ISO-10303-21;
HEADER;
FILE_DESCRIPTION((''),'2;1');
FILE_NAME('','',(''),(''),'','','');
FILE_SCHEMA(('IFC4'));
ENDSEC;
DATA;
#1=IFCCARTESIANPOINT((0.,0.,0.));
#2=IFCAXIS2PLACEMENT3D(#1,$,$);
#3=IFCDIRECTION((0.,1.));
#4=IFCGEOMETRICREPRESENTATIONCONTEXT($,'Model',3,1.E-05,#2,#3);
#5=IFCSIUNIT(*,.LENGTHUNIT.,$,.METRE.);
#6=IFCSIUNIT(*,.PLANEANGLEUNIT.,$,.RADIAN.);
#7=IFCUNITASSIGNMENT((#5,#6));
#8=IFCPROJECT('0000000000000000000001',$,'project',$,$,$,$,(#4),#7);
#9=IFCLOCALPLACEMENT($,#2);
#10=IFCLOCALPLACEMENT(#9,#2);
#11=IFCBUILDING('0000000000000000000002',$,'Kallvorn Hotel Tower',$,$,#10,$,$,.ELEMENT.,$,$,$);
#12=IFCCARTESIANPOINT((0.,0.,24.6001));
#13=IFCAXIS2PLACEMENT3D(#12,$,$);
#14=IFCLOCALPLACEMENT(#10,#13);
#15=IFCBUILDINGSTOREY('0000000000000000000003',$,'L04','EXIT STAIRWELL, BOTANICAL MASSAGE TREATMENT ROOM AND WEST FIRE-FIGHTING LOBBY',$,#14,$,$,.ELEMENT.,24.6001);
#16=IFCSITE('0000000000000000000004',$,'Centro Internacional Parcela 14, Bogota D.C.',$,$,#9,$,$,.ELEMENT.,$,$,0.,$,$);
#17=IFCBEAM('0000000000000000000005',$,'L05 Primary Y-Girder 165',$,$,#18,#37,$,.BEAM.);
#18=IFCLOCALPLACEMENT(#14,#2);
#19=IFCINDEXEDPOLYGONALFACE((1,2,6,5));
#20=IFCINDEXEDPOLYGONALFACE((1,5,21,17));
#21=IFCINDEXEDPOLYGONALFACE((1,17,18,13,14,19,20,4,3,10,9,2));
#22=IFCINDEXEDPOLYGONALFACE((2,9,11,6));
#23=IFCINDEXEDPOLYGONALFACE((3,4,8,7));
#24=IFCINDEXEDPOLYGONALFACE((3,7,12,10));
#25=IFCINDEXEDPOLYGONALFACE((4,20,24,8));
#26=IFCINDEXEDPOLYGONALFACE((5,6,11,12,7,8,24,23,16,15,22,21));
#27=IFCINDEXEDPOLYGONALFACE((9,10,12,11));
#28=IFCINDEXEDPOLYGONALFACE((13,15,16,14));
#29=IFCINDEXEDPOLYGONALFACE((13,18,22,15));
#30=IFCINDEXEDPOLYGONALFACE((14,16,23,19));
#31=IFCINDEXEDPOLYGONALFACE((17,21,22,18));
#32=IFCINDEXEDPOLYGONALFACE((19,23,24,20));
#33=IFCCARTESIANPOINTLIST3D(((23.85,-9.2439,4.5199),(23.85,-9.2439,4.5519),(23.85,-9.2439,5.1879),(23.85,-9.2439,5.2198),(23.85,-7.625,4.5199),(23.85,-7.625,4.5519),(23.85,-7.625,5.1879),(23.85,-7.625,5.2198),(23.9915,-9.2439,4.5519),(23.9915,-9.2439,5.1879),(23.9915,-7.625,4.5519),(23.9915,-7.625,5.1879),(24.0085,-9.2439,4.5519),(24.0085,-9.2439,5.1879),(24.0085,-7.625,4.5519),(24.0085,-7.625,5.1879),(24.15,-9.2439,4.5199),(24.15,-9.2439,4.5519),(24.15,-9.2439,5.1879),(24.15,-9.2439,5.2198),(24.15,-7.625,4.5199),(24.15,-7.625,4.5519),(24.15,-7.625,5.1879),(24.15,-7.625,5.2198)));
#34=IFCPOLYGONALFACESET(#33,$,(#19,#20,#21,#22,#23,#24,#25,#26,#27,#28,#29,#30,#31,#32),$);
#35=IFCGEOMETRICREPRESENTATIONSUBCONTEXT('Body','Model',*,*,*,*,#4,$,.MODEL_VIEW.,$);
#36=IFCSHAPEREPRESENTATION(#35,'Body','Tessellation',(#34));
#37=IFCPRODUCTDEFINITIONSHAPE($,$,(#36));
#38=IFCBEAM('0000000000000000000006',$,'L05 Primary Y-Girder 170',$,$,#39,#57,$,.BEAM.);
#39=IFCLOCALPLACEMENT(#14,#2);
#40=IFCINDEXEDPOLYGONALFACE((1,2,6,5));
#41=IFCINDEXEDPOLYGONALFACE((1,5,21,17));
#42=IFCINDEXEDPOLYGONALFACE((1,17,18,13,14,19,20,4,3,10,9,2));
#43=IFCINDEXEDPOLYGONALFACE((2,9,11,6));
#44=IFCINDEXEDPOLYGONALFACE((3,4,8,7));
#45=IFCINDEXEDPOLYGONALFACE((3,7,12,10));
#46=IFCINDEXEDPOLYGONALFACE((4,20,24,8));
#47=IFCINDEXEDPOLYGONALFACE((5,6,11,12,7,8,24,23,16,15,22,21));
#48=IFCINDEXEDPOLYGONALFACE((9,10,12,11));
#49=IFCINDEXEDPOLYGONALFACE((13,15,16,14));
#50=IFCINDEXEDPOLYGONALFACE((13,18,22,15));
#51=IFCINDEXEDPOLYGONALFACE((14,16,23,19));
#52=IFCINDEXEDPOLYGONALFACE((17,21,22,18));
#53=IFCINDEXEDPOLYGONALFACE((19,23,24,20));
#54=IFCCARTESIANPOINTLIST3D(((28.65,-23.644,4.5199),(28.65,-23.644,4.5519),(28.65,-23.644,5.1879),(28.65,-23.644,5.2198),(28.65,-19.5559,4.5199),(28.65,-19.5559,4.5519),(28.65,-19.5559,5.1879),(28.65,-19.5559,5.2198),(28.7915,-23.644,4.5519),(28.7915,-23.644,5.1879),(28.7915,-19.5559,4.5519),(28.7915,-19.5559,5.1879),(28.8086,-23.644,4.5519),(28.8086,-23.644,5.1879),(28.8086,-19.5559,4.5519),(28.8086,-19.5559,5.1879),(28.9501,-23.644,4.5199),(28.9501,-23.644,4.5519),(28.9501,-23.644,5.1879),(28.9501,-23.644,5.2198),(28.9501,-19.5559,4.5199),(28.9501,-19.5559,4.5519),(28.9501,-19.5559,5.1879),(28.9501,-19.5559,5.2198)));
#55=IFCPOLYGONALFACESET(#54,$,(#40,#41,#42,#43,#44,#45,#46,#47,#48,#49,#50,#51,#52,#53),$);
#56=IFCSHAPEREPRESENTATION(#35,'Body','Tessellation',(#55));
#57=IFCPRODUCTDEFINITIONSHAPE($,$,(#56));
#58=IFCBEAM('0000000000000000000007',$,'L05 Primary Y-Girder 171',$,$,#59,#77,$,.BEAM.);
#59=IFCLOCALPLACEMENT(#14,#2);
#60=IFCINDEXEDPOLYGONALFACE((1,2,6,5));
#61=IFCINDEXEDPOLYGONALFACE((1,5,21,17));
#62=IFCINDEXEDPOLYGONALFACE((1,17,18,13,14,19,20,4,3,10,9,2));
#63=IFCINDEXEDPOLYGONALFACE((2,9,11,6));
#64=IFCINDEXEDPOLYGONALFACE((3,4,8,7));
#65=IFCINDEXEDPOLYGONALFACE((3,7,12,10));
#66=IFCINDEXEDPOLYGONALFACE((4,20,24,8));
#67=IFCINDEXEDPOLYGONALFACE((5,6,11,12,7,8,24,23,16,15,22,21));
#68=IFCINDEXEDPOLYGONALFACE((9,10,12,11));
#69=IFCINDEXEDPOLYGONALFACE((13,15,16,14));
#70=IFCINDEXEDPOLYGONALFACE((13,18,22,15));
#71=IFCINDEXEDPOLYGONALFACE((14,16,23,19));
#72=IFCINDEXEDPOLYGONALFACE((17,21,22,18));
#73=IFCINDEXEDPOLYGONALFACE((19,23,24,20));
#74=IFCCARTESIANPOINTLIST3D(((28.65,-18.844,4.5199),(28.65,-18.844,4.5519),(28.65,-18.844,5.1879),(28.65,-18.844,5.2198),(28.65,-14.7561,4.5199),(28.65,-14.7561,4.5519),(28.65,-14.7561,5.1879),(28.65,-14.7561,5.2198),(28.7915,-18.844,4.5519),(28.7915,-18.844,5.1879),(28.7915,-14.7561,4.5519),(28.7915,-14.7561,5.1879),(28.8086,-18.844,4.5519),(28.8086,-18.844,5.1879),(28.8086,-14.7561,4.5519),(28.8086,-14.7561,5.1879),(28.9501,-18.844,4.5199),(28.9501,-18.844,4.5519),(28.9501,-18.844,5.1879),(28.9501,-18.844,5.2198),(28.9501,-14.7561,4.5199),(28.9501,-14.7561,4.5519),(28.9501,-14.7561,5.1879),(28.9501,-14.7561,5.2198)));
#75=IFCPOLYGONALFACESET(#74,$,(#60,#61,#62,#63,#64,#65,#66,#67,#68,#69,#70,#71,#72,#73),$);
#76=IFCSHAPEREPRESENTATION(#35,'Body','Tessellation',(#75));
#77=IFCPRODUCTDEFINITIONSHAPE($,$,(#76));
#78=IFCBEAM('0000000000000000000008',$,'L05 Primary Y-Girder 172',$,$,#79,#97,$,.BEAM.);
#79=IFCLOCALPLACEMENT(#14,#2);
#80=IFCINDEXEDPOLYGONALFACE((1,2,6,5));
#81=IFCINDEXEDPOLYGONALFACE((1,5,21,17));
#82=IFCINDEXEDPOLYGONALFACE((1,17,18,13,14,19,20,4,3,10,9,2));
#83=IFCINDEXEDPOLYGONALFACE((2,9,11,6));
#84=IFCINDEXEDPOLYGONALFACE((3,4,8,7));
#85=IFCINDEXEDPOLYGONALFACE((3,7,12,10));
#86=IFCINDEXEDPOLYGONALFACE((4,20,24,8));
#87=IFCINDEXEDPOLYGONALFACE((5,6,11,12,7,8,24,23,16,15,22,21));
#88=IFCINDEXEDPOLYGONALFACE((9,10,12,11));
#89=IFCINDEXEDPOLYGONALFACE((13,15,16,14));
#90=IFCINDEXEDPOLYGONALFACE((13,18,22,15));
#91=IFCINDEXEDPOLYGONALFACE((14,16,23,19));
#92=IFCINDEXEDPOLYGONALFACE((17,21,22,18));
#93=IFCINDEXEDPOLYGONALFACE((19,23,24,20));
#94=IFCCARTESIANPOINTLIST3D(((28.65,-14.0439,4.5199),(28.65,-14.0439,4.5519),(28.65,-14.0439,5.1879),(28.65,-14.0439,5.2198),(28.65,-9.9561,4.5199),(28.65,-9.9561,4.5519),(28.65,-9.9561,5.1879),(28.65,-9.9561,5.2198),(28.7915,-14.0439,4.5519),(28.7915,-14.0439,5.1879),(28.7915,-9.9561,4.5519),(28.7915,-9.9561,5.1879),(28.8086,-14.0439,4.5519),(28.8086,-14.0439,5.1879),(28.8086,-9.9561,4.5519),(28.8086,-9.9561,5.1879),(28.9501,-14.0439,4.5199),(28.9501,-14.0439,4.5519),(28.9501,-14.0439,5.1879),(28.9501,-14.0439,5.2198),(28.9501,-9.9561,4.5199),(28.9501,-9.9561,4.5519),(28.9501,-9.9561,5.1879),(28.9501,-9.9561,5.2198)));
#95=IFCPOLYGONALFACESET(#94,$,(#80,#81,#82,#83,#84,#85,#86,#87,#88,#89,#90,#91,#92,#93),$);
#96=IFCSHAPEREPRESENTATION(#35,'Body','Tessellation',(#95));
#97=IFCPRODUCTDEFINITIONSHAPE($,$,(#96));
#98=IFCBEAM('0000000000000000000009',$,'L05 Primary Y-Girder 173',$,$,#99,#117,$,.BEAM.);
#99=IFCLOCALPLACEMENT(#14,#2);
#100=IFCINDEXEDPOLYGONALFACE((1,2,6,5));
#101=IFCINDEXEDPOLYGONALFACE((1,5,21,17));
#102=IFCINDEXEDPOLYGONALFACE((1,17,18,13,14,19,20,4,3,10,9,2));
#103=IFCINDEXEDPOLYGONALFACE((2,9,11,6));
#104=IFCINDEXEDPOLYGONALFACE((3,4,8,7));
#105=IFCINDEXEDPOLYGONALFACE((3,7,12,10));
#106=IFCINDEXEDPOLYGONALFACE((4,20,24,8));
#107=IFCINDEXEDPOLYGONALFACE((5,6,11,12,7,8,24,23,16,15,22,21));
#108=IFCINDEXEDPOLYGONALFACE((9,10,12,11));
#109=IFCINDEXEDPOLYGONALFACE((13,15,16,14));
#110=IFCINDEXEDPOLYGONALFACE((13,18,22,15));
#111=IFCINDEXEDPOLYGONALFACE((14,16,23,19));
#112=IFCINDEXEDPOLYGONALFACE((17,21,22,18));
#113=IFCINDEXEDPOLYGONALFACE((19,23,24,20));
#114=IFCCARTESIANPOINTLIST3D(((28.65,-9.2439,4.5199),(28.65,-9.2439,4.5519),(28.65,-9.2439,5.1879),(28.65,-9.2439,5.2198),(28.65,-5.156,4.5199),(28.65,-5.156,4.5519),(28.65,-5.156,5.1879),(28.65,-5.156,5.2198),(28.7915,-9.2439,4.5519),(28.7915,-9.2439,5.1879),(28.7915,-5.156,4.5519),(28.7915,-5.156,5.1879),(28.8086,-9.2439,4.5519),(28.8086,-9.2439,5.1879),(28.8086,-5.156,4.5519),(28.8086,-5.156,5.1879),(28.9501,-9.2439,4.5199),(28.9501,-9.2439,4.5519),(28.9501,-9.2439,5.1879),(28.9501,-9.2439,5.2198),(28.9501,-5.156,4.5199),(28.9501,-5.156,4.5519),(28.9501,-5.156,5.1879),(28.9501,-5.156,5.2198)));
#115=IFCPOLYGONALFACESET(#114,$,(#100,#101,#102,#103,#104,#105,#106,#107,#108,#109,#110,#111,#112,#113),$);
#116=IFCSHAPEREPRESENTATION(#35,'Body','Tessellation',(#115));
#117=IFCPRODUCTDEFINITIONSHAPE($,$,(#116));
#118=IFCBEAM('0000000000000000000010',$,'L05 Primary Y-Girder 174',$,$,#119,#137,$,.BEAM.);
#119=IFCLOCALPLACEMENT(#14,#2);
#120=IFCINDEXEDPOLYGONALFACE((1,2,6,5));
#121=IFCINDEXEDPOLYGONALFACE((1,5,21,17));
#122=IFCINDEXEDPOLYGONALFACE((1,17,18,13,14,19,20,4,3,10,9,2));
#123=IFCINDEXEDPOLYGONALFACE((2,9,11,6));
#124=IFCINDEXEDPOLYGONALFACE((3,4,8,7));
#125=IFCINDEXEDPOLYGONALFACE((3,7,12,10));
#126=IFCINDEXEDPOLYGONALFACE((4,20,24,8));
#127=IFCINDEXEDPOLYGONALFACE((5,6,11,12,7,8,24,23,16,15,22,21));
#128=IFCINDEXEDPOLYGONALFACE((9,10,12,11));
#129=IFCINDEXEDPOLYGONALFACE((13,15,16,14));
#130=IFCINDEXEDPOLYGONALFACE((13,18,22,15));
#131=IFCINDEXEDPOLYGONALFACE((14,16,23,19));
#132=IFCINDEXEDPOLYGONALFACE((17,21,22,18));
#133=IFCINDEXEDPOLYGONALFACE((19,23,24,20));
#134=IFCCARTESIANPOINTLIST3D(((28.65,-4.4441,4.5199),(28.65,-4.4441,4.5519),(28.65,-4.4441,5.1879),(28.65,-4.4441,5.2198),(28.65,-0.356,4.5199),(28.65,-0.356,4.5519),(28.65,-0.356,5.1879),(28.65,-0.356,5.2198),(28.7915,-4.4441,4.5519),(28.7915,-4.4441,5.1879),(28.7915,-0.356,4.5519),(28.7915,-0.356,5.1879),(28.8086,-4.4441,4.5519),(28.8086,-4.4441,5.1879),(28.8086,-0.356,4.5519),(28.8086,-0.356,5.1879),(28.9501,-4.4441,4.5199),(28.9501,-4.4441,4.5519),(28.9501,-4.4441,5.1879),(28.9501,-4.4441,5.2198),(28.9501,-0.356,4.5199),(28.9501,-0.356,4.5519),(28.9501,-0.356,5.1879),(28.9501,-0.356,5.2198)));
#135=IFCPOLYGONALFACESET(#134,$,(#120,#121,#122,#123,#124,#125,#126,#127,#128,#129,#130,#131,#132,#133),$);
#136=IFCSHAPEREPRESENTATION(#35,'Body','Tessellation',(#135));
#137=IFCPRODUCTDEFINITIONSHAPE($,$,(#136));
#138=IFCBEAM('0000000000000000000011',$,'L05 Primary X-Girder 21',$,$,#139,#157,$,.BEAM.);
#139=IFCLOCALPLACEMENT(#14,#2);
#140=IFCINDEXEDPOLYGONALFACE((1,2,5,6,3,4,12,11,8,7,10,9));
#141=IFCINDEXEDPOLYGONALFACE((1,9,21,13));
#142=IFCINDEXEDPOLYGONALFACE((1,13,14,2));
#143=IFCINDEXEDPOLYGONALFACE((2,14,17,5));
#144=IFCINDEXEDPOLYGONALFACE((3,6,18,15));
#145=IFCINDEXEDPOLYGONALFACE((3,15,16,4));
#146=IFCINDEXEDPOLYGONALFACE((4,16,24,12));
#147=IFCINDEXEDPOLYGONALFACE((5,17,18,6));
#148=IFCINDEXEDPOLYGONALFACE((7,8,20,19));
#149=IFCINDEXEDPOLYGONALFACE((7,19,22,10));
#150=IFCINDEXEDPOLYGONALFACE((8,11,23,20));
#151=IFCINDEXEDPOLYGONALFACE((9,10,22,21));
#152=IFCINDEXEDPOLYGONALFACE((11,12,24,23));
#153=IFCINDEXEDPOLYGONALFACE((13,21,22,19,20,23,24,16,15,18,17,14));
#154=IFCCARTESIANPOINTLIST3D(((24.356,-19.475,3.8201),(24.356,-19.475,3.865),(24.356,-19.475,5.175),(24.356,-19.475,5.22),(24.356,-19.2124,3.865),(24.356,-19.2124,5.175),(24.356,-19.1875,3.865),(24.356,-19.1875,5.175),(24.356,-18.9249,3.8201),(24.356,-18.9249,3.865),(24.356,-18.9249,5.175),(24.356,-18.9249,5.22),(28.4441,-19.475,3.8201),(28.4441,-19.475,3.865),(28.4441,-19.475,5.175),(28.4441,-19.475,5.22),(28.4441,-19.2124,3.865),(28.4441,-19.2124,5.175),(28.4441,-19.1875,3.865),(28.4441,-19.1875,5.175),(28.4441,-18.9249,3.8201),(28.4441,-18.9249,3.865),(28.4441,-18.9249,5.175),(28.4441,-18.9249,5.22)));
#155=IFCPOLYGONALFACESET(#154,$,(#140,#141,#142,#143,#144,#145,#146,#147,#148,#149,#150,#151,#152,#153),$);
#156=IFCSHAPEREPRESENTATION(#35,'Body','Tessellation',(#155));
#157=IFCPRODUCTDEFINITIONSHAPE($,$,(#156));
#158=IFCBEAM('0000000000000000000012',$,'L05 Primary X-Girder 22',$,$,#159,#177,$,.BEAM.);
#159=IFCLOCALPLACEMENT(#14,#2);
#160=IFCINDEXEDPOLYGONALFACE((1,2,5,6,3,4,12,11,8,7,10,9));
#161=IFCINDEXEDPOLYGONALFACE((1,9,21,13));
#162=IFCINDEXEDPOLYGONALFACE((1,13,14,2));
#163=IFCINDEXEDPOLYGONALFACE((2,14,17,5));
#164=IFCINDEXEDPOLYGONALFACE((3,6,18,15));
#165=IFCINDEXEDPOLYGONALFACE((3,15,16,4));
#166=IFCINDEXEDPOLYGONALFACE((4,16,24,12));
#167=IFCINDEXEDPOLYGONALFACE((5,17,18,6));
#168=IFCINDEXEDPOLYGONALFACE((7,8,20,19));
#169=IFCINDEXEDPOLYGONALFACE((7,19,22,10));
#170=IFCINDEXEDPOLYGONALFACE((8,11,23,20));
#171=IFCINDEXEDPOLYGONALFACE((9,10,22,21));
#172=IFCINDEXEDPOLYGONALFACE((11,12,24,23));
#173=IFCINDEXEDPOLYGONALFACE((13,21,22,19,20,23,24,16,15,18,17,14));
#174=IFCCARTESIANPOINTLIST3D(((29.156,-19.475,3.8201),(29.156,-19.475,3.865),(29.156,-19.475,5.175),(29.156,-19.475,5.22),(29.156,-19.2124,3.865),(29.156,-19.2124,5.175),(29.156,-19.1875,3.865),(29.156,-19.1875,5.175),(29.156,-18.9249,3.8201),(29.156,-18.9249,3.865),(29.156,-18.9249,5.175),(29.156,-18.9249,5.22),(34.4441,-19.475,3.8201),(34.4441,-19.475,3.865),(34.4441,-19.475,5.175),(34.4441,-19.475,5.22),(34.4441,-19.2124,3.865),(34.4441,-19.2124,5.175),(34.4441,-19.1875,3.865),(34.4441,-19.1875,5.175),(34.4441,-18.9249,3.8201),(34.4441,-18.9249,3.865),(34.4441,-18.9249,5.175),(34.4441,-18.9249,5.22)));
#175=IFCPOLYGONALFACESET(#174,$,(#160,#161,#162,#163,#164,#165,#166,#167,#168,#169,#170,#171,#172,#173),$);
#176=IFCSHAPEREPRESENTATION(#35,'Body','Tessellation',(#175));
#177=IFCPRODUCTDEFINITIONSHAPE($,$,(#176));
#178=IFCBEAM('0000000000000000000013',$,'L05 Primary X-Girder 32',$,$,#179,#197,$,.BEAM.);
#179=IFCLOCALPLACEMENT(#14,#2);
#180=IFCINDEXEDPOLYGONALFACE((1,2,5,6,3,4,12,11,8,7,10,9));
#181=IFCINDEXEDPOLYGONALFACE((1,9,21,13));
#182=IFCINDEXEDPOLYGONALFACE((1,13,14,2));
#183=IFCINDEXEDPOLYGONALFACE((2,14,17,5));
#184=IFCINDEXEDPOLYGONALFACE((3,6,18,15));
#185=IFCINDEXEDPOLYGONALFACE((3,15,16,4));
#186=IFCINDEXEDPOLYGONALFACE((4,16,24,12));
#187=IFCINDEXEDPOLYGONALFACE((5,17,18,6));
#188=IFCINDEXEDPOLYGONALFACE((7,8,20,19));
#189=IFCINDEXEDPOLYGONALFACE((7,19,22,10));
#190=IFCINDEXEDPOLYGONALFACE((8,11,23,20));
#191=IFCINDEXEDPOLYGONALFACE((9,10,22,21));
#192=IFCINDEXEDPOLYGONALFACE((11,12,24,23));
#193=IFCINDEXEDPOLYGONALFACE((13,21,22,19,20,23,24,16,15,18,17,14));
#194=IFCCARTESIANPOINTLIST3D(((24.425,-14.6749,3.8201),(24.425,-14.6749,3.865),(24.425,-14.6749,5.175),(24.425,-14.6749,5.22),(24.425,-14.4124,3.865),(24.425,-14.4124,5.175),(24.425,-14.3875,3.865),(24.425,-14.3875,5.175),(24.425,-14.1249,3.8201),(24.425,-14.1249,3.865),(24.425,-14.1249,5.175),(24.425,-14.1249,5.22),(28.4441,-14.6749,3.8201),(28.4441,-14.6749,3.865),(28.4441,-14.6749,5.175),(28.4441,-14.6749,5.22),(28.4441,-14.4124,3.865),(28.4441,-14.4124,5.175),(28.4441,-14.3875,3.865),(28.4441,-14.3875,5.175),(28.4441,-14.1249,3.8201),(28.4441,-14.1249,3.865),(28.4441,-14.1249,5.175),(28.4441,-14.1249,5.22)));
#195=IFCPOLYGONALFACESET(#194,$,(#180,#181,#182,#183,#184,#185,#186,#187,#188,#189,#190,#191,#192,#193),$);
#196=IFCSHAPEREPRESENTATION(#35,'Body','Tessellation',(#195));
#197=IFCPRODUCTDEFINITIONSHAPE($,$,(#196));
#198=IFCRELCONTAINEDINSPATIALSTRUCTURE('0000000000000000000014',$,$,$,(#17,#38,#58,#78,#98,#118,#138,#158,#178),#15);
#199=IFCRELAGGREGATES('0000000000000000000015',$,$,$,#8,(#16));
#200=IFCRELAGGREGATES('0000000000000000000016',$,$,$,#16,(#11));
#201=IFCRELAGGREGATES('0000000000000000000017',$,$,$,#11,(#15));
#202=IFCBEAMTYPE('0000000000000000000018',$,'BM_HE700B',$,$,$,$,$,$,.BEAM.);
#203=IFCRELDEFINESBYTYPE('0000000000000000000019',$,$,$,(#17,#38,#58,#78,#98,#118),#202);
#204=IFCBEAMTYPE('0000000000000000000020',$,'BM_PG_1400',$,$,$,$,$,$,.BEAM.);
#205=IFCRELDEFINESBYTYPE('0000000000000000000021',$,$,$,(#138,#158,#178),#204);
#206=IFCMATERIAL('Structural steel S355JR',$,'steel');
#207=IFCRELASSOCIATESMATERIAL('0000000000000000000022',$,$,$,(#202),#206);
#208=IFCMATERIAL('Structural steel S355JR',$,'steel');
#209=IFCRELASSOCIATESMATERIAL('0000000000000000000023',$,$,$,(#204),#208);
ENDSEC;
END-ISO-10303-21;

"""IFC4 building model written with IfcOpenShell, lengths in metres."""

from ifc_helpers import new_model, si_unit, direction, frame, origin, origin_2d, place, context, subcontext, project, spatial, i_section, extrude, material, material_profile, profile_set, type_object, element, save


model = new_model("IFC4")

# Units and contexts
model_context = context("Model", 3, precision=1e-05, world=origin(), true_north=direction((0.0, 1.0)))
body_context = subcontext(model_context, "Body", "Model", "MODEL_VIEW")
ifc_project = project(units=[si_unit("LENGTHUNIT", "METRE"), si_unit("PLANEANGLEUNIT", "RADIAN")], contexts=[model_context])

# Site, building, storey
site_placement = place(None, origin())
site = spatial("IfcSite", under=ifc_project, at=site_placement, Name="Centro Internacional Parcela 14, Bogota D.C.", CompositionType="ELEMENT", RefElevation=0.0)
building_placement = place(site_placement, origin())
building = spatial("IfcBuilding", under=site, at=building_placement, Name="Kallvorn Hotel Tower", CompositionType="ELEMENT")
storey_placement = place(building_placement, frame((0.0, 0.0, 24.6001)))
storey = spatial("IfcBuildingStorey", under=building, at=storey_placement, Name="L04", Description="EXIT STAIRWELL, BOTANICAL MASSAGE TREATMENT ROOM AND WEST FIRE-FIGHTING LOBBY", CompositionType="ELEMENT", Elevation=24.6001)

# Beams
ifc_material_1 = material(Name="Structural steel S355JR", Category="steel")
ifc_material_profile_1 = material_profile(ifc_material_1, i_section(OverallWidth=0.3, OverallDepth=0.7, WebThickness=0.0171, FlangeThickness=0.032, at=origin_2d()), Name="HE 700 B")
ifc_profile_set_1 = profile_set([ifc_material_profile_1], Name="Structural steel S355JR")
beam_type_1 = type_object("IfcBeamType", Name="BM_HE700B", PredefinedType="BEAM", material=ifc_profile_set_1)
beam_1_placement = place(storey_placement, frame((24.0, -9.2439, 4.8699), z_axis=(0.0, 1.0, 0.0), x_axis=(-1.0, 0.0, 0.0)))
element("IfcBeam", 1, at=beam_1_placement, inside=storey, type_object=beam_type_1, Name="L05 Primary Y-Girder 165", PredefinedType="BEAM", context=body_context, shape_type="SweptSolid", body=[
    extrude(i_section(OverallWidth=0.3, OverallDepth=0.7, WebThickness=0.0171, FlangeThickness=0.032, at=origin_2d()), origin(), (0.0, 0.0, 1.0), 1.6189),
])
beam_2_placement = place(storey_placement, frame((28.8, -23.644, 4.8699), z_axis=(0.0, 1.0, 0.0), x_axis=(-1.0, 0.0, 0.0)))
element("IfcBeam", 2, at=beam_2_placement, inside=storey, type_object=beam_type_1, Name="L05 Primary Y-Girder 170", PredefinedType="BEAM", context=body_context, shape_type="SweptSolid", body=[
    extrude(i_section(OverallWidth=0.3, OverallDepth=0.7, WebThickness=0.0171, FlangeThickness=0.032, at=origin_2d()), origin(), (0.0, 0.0, 1.0), 4.0881),
])
for number, where, z_axis, x_axis, name in (
    (3, (28.8, -18.844, 4.8699), (0.0, 1.0, 0.0), (-1.0, 0.0, 0.0), "L05 Primary Y-Girder 171"),
    (4, (28.8, -14.0439, 4.8699), (0.0, 1.0, 0.0), (-1.0, 0.0, 0.0), "L05 Primary Y-Girder 172"),
    (5, (28.8, -9.2439, 4.8699), (0.0, 1.0, 0.0), (-1.0, 0.0, 0.0), "L05 Primary Y-Girder 173"),
):
    element("IfcBeam", number, at=place(storey_placement, frame(where, z_axis=z_axis, x_axis=x_axis)), inside=storey, type_object=beam_type_1, Name=name, PredefinedType="BEAM", context=body_context, shape_type="SweptSolid", body=[
        extrude(i_section(OverallWidth=0.3, OverallDepth=0.7, WebThickness=0.0171, FlangeThickness=0.032, at=origin_2d()), origin(), (0.0, 0.0, 1.0), 4.0879),
    ])
beam_3_placement = place(storey_placement, frame((28.8, -4.4441, 4.8699), z_axis=(0.0, 1.0, 0.0), x_axis=(-1.0, 0.0, 0.0)))
element("IfcBeam", 6, at=beam_3_placement, inside=storey, type_object=beam_type_1, Name="L05 Primary Y-Girder 174", PredefinedType="BEAM", context=body_context, shape_type="SweptSolid", body=[
    extrude(i_section(OverallWidth=0.3, OverallDepth=0.7, WebThickness=0.0171, FlangeThickness=0.032, at=origin_2d()), origin(), (0.0, 0.0, 1.0), 4.0881),
])
ifc_material_2 = material(Name="Structural steel S355JR", Category="steel")
ifc_material_profile_2 = material_profile(ifc_material_2, i_section(OverallWidth=0.55, OverallDepth=1.3999, WebThickness=0.0249, FlangeThickness=0.0449, at=origin_2d()), Name="PG 1400x550x25x45")
ifc_profile_set_2 = profile_set([ifc_material_profile_2], Name="Structural steel S355JR")
beam_type_2 = type_object("IfcBeamType", Name="BM_PG_1400", PredefinedType="BEAM", material=ifc_profile_set_2)
beam_4_placement = place(storey_placement, frame((24.356, -19.2, 4.52), z_axis=(1.0, 0.0, 0.0), x_axis=(0.0, 1.0, 0.0)))
element("IfcBeam", 7, at=beam_4_placement, inside=storey, type_object=beam_type_2, Name="L05 Primary X-Girder 21", PredefinedType="BEAM", context=body_context, shape_type="SweptSolid", body=[
    extrude(i_section(OverallWidth=0.55, OverallDepth=1.3999, WebThickness=0.0249, FlangeThickness=0.0449, at=origin_2d()), origin(), (0.0, 0.0, 1.0), 4.0881),
])
beam_5_placement = place(storey_placement, frame((29.156, -19.2, 4.52), z_axis=(1.0, 0.0, 0.0), x_axis=(0.0, 1.0, 0.0)))
element("IfcBeam", 8, at=beam_5_placement, inside=storey, type_object=beam_type_2, Name="L05 Primary X-Girder 22", PredefinedType="BEAM", context=body_context, shape_type="SweptSolid", body=[
    extrude(i_section(OverallWidth=0.55, OverallDepth=1.3999, WebThickness=0.0249, FlangeThickness=0.0449, at=origin_2d()), origin(), (0.0, 0.0, 1.0), 5.2881),
])
beam_6_placement = place(storey_placement, frame((24.425, -14.3999, 4.52), z_axis=(1.0, 0.0, 0.0), x_axis=(0.0, 1.0, 0.0)))
element("IfcBeam", 9, at=beam_6_placement, inside=storey, type_object=beam_type_2, Name="L05 Primary X-Girder 32", PredefinedType="BEAM", context=body_context, shape_type="SweptSolid", body=[
    extrude(i_section(OverallWidth=0.55, OverallDepth=1.3999, WebThickness=0.0249, FlangeThickness=0.0449, at=origin_2d()), origin(), (0.0, 0.0, 1.0), 4.019),
])

save(model, "model.ifc")
